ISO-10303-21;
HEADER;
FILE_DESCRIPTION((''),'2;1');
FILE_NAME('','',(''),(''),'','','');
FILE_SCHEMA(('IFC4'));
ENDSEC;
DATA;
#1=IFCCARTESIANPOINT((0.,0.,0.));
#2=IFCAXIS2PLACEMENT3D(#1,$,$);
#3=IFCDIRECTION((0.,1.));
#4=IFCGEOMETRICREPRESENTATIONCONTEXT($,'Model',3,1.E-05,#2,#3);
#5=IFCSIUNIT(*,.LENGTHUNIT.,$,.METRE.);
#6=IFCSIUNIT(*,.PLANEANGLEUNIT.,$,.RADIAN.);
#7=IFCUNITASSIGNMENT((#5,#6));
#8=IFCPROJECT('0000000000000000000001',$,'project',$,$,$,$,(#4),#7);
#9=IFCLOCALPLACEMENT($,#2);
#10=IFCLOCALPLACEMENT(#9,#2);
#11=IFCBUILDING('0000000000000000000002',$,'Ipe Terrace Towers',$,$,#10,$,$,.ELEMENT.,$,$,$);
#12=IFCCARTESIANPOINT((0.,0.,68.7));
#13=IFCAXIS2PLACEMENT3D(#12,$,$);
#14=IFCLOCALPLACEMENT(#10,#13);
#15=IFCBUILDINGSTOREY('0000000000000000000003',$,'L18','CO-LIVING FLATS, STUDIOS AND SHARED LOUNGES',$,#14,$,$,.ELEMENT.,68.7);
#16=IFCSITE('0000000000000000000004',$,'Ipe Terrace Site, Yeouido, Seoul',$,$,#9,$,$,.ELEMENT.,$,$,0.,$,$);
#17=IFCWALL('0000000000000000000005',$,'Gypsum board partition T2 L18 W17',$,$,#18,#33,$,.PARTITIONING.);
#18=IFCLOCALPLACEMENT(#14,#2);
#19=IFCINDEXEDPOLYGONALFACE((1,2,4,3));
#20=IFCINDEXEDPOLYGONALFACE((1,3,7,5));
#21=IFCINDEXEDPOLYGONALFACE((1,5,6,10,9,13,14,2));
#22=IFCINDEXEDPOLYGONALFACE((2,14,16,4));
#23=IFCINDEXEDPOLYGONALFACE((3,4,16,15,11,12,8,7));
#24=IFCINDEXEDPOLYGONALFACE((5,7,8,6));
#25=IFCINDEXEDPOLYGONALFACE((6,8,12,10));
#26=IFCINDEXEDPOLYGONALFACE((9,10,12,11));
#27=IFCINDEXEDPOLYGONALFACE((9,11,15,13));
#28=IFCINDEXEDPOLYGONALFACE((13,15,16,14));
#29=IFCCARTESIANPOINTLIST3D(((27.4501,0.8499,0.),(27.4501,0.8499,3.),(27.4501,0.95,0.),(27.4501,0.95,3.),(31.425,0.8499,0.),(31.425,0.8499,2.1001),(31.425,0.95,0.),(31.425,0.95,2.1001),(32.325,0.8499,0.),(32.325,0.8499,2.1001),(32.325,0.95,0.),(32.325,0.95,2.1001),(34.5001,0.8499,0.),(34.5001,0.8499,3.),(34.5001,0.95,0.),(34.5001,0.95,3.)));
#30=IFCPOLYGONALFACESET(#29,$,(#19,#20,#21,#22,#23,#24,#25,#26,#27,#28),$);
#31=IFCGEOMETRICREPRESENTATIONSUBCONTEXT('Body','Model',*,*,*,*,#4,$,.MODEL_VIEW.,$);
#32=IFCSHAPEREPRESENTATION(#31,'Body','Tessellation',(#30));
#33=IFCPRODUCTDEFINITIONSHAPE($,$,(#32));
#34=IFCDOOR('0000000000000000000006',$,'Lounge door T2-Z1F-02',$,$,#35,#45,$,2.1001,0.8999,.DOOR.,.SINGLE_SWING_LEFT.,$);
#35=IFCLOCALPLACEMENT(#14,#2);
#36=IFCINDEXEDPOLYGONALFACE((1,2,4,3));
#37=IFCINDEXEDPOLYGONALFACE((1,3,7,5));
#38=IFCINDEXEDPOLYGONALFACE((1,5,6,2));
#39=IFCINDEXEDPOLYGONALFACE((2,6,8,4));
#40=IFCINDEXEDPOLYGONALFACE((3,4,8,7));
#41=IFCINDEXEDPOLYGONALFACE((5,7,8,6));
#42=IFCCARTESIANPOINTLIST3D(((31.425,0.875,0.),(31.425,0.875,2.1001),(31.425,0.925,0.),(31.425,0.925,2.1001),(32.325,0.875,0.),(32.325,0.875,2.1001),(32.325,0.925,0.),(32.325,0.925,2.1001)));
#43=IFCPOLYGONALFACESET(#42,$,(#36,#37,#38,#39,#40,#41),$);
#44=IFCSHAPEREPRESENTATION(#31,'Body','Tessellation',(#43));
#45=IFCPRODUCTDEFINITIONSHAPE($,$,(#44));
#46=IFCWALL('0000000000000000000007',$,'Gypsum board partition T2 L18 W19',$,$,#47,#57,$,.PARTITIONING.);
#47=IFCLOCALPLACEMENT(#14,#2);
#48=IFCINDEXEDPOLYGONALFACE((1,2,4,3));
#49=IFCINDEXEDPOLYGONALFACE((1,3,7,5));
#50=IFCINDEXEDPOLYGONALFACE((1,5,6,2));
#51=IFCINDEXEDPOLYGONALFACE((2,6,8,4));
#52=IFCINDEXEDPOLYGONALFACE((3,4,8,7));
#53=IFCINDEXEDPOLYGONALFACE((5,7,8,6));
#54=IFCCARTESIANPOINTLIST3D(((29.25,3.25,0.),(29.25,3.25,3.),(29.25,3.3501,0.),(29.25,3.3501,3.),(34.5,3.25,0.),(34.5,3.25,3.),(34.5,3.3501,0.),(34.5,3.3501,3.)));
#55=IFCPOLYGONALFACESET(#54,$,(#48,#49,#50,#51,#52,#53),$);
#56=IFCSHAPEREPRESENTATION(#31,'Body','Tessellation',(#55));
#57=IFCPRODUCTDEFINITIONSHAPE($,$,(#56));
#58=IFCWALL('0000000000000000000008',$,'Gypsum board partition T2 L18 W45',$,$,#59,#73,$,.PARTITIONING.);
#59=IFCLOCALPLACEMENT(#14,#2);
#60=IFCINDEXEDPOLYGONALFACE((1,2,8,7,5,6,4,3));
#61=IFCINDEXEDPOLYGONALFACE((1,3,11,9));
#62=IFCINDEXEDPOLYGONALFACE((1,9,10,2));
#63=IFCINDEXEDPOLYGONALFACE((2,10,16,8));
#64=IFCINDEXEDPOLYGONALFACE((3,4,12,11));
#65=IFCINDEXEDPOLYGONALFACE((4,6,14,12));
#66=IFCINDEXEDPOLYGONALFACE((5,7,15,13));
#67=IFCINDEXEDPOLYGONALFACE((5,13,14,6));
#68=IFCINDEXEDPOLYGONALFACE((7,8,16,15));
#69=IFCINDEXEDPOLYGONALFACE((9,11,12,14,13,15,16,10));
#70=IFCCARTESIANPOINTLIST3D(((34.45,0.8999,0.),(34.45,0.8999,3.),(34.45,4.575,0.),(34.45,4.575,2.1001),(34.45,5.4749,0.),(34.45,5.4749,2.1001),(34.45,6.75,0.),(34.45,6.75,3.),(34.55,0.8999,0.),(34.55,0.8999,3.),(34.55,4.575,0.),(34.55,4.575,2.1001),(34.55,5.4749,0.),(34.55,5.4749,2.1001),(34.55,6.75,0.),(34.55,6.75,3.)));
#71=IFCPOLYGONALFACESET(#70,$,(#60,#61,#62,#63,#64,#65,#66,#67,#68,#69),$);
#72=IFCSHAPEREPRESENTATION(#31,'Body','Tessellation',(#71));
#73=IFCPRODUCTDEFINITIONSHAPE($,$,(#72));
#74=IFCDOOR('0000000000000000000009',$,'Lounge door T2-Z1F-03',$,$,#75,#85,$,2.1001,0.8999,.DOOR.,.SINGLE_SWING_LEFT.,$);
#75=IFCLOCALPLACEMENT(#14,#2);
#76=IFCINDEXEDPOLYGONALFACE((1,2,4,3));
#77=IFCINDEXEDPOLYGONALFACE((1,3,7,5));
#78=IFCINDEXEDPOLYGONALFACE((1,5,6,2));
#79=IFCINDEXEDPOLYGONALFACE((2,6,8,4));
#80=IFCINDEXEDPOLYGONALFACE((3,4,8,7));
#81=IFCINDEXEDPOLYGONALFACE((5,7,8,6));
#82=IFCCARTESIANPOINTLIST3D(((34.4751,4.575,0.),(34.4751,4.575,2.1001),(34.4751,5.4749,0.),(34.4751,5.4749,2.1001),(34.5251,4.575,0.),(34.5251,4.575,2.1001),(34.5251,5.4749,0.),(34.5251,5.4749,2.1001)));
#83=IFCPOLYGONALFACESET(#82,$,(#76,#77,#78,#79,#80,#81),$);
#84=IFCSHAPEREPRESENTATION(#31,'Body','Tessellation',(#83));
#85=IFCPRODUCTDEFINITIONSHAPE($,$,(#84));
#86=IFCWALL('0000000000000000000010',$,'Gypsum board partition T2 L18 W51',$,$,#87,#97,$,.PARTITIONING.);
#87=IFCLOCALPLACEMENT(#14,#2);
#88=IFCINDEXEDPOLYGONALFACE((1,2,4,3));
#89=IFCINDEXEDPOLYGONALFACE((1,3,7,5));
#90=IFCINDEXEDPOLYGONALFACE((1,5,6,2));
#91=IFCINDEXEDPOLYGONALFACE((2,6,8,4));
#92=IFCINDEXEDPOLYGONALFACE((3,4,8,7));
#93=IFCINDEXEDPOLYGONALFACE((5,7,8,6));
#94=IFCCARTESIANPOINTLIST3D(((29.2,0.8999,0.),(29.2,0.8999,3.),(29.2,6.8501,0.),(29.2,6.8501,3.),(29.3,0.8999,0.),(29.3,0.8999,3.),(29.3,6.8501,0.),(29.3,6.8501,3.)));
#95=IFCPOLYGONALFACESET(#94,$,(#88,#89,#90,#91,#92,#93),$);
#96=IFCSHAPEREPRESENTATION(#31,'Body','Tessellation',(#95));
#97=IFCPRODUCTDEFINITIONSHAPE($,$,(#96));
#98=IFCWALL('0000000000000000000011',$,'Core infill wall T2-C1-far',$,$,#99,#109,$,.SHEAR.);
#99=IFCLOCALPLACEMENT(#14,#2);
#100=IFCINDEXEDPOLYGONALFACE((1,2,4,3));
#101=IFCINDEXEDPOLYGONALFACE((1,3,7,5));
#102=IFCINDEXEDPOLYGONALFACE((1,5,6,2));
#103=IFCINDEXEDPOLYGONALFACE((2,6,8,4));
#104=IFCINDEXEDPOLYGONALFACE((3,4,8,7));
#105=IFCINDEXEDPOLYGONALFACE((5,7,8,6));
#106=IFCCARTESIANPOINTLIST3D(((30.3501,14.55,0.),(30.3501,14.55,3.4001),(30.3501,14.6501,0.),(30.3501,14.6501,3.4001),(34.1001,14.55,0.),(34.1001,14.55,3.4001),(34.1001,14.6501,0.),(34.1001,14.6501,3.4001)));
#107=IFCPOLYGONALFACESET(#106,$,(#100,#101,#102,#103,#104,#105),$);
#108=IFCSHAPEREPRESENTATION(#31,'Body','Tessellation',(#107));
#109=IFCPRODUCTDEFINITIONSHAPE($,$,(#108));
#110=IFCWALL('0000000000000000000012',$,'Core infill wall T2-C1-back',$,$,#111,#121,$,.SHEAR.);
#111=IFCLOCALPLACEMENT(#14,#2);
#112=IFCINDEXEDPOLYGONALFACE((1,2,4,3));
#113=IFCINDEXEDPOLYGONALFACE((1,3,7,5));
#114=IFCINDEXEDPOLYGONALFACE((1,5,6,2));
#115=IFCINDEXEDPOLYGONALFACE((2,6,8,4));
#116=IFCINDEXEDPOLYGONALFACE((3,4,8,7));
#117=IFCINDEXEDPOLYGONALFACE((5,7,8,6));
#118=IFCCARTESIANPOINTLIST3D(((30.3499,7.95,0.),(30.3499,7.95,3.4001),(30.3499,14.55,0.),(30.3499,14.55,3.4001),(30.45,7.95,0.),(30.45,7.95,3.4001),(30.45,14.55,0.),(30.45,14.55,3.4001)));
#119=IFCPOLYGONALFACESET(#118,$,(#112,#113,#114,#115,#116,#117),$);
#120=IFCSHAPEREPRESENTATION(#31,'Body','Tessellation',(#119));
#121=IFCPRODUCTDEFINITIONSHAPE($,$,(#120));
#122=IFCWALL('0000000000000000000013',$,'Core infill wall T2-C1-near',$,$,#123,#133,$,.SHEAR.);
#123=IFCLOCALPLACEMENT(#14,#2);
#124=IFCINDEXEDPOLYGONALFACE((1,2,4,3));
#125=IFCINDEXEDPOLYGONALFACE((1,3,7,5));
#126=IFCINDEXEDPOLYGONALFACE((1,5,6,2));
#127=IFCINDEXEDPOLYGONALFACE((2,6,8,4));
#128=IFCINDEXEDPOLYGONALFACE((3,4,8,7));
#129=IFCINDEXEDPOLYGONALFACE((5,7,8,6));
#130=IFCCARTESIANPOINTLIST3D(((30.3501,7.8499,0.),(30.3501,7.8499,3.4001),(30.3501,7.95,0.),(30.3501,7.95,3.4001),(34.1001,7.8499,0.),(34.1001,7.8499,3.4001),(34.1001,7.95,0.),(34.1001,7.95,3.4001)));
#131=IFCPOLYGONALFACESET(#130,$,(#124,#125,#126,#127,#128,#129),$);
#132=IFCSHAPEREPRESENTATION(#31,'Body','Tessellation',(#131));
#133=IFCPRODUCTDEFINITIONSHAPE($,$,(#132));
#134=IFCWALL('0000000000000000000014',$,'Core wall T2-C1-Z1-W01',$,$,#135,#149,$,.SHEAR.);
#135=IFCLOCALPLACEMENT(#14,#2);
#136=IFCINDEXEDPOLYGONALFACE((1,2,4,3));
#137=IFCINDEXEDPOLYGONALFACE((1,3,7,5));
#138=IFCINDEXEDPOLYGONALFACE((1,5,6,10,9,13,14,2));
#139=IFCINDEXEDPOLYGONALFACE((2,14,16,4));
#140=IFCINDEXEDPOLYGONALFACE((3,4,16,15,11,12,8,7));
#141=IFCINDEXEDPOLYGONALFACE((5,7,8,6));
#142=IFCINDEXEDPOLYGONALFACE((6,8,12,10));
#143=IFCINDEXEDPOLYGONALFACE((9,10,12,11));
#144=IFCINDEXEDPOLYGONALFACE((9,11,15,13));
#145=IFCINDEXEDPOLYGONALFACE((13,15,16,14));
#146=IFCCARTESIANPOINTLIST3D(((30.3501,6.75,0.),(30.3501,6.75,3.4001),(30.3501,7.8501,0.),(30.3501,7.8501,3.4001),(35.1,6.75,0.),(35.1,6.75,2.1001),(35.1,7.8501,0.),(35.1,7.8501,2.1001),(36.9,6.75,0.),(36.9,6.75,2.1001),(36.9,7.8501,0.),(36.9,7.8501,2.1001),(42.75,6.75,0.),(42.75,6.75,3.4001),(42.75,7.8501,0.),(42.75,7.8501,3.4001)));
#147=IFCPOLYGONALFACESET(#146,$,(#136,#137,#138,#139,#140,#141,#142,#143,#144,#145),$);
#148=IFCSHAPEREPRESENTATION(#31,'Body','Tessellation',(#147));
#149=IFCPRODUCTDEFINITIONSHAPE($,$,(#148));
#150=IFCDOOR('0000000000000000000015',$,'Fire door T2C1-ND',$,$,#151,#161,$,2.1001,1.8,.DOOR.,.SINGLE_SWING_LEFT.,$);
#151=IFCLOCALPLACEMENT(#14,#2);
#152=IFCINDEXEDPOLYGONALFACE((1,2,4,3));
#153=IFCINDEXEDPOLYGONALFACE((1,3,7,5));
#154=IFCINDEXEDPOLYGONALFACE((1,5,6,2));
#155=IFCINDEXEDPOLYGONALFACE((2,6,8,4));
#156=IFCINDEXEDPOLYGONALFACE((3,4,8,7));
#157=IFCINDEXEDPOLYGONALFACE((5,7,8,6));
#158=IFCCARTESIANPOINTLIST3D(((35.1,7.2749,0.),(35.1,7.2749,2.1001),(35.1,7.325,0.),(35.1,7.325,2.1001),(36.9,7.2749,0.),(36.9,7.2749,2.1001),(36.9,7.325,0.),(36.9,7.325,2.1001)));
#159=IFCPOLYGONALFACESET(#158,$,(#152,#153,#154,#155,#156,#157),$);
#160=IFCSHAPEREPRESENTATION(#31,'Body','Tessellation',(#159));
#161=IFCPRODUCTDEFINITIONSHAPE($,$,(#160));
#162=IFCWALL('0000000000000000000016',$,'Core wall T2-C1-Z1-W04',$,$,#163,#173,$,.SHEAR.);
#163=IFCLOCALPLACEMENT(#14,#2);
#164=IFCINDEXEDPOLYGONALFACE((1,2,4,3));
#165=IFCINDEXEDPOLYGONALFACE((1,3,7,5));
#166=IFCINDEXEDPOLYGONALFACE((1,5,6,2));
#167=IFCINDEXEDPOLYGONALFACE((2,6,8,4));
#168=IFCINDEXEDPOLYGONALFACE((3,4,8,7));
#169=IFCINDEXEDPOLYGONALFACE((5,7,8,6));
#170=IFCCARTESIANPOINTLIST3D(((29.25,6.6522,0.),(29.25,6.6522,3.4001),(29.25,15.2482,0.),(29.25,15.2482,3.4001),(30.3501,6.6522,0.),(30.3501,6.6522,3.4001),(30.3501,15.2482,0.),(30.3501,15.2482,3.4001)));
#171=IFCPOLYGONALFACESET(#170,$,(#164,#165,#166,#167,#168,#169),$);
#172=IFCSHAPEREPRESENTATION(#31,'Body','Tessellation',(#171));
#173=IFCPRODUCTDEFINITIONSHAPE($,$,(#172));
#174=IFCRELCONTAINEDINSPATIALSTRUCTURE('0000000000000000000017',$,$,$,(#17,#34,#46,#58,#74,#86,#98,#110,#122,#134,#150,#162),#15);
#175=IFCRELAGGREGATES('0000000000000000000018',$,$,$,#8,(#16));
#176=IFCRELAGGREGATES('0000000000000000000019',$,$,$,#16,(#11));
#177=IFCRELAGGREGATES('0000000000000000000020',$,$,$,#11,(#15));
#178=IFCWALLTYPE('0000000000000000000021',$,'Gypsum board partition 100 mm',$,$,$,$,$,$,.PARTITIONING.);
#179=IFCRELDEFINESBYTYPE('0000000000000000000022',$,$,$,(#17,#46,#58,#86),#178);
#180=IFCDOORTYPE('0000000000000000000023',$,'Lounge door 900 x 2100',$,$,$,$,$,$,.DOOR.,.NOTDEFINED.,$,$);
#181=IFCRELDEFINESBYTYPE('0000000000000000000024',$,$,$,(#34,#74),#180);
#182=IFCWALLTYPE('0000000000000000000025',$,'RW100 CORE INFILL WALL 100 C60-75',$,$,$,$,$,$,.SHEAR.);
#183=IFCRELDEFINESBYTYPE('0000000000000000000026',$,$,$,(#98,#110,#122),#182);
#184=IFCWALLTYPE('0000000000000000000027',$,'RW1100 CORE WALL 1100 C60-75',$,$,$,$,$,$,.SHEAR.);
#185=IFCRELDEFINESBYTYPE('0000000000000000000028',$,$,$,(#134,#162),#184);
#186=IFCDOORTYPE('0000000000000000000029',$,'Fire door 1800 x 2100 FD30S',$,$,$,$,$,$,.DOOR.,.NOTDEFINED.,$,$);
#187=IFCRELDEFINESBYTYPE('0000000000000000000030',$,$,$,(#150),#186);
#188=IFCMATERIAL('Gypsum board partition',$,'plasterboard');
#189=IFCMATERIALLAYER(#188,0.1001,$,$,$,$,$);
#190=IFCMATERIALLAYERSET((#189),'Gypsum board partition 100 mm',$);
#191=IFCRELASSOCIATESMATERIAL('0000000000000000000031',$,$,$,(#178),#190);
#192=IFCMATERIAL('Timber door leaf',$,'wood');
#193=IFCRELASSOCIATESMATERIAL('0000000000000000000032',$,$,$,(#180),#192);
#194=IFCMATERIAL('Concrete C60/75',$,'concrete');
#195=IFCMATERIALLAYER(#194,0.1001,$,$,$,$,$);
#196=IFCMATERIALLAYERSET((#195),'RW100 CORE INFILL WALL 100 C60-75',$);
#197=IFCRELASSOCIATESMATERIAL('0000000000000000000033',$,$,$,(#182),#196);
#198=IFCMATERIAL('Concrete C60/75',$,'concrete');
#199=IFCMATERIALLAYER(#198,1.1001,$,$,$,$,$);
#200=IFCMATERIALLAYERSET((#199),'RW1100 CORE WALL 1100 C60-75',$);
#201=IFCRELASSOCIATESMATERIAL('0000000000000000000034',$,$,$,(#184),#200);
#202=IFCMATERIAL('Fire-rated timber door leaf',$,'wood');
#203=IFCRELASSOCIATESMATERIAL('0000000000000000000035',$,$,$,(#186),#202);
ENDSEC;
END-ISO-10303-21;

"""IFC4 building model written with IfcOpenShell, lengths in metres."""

from ifc_helpers import new_model, si_unit, direction, frame, frame_2d, origin, place, context, subcontext, project, spatial, rectangle, extrude, material, layer, layer_set, type_object, element, fill, save


model = new_model("IFC4")

# Units and contexts
model_context = context("Model", 3, precision=1e-05, world=origin(), true_north=direction((0.0, 1.0)))
body_context = subcontext(model_context, "Body", "Model", "MODEL_VIEW")
ifc_project = project(units=[si_unit("LENGTHUNIT", "METRE"), si_unit("PLANEANGLEUNIT", "RADIAN")], contexts=[model_context])

# Site, building, storey
site_placement = place(None, origin())
site = spatial("IfcSite", under=ifc_project, at=site_placement, Name="Ipe Terrace Site, Yeouido, Seoul", CompositionType="ELEMENT", RefElevation=0.0)
building_placement = place(site_placement, origin())
building = spatial("IfcBuilding", under=site, at=building_placement, Name="Ipe Terrace Towers", CompositionType="ELEMENT")
storey_placement = place(building_placement, frame((0.0, 0.0, 68.7)))
storey = spatial("IfcBuildingStorey", under=building, at=storey_placement, Name="L18", Description="CO-LIVING FLATS, STUDIOS AND SHARED LOUNGES", CompositionType="ELEMENT", Elevation=68.7)

# Wall, opening, door
ifc_material_1 = material(Name="Gypsum board partition", Category="plasterboard")
ifc_layer_1 = layer(ifc_material_1, 0.1001)
ifc_layer_set_1 = layer_set([ifc_layer_1], Name="Gypsum board partition 100 mm")
wall_type_1 = type_object("IfcWallType", Name="Gypsum board partition 100 mm", PredefinedType="PARTITIONING", material=ifc_layer_set_1)
wall_1_placement = place(storey_placement, frame((34.5, 0.8999, 0.0), z_axis=(0.0, 0.0, 1.0), x_axis=(-1.0, 0.0, 0.0)))
wall_1 = element("IfcWall", 1, at=wall_1_placement, inside=storey, type_object=wall_type_1, Name="Gypsum board partition T2 L18 W17", PredefinedType="PARTITIONING", context=body_context, shape_type="SweptSolid", body=[
    extrude(rectangle(XDim=7.05, YDim=0.1001, at=frame_2d((3.5249, 0.0))), origin(), (0.0, 0.0, 1.0), 3.0),
])
opening_1_placement = place(wall_1_placement, frame((2.175, 0.0, 0.0)))
opening_1 = element("IfcOpeningElement", 2, at=opening_1_placement, cuts=wall_1, PredefinedType="OPENING", context=body_context, shape_type="SweptSolid", body=[
    extrude(rectangle(XDim=0.8999, YDim=2.1001, at=frame_2d((0.45, 1.05))), frame((0.0, 0.0601, 0.0), z_axis=(0.0, -1.0, 0.0), x_axis=(1.0, 0.0, 0.0)), (0.0, 0.0, 1.0), 0.1201),
])
ifc_material_2 = material(Name="Timber door leaf", Category="wood")
door_type_1 = type_object("IfcDoorType", Name="Lounge door 900 x 2100", OperationType="NOTDEFINED", PredefinedType="DOOR", material=ifc_material_2)
door_1_placement = place(opening_1_placement, origin())
door_1 = element("IfcDoor", 3, at=door_1_placement, inside=storey, type_object=door_type_1, Name="Lounge door T2-Z1F-02", OperationType="SINGLE_SWING_LEFT", OverallHeight=2.1001, OverallWidth=0.8999, PredefinedType="DOOR", context=body_context, shape_type="SweptSolid", body=[
    extrude(rectangle(XDim=0.8999, YDim=2.1001, at=frame_2d((0.45, 1.05))), frame((0.0, 0.0249, 0.0), z_axis=(0.0, -1.0, 0.0), x_axis=(1.0, 0.0, 0.0)), (0.0, 0.0, 1.0), 0.05),
])
fill(opening_1, door_1)

# Wall
wall_2_placement = place(storey_placement, frame((34.5, 3.3, 0.0), z_axis=(0.0, 0.0, 1.0), x_axis=(-1.0, 0.0, 0.0)))
element("IfcWall", 4, at=wall_2_placement, inside=storey, type_object=wall_type_1, Name="Gypsum board partition T2 L18 W19", PredefinedType="PARTITIONING", context=body_context, shape_type="SweptSolid", body=[
    extrude(rectangle(XDim=5.25, YDim=0.1001, at=frame_2d((2.625, 0.0))), origin(), (0.0, 0.0, 1.0), 3.0),
])

# Wall, opening, door
wall_3_placement = place(storey_placement, frame((34.5, 0.8999, 0.0), z_axis=(0.0, 0.0, 1.0), x_axis=(0.0, 1.0, 0.0)))
wall_3 = element("IfcWall", 5, at=wall_3_placement, inside=storey, type_object=wall_type_1, Name="Gypsum board partition T2 L18 W45", PredefinedType="PARTITIONING", context=body_context, shape_type="SweptSolid", body=[
    extrude(rectangle(XDim=5.8501, YDim=0.1001, at=frame_2d((2.925, 0.0))), origin(), (0.0, 0.0, 1.0), 3.0),
])
opening_2_placement = place(wall_3_placement, frame((3.675, 0.0, 0.0)))
opening_2 = element("IfcOpeningElement", 6, at=opening_2_placement, cuts=wall_3, PredefinedType="OPENING", context=body_context, shape_type="SweptSolid", body=[
    extrude(rectangle(XDim=0.8999, YDim=2.1001, at=frame_2d((0.45, 1.05))), frame((0.0, 0.0601, 0.0), z_axis=(0.0, -1.0, 0.0), x_axis=(1.0, 0.0, 0.0)), (0.0, 0.0, 1.0), 0.1201),
])
door_2_placement = place(opening_2_placement, origin())
door_2 = element("IfcDoor", 7, at=door_2_placement, inside=storey, type_object=door_type_1, Name="Lounge door T2-Z1F-03", OperationType="SINGLE_SWING_LEFT", OverallHeight=2.1001, OverallWidth=0.8999, PredefinedType="DOOR", context=body_context, shape_type="SweptSolid", body=[
    extrude(rectangle(XDim=0.8999, YDim=2.1001, at=frame_2d((0.45, 1.05))), frame((0.0, 0.0249, 0.0), z_axis=(0.0, -1.0, 0.0), x_axis=(1.0, 0.0, 0.0)), (0.0, 0.0, 1.0), 0.05),
])
fill(opening_2, door_2)

# Walls
wall_4_placement = place(storey_placement, frame((29.25, 0.8999, 0.0), z_axis=(0.0, 0.0, 1.0), x_axis=(0.0, 1.0, 0.0)))
element("IfcWall", 8, at=wall_4_placement, inside=storey, type_object=wall_type_1, Name="Gypsum board partition T2 L18 W51", PredefinedType="PARTITIONING", context=body_context, shape_type="SweptSolid", body=[
    extrude(rectangle(XDim=5.9502, YDim=0.1001, at=frame_2d((2.9751, 0.0))), origin(), (0.0, 0.0, 1.0), 3.0),
])
ifc_material_3 = material(Name="Concrete C60/75", Category="concrete")
ifc_layer_2 = layer(ifc_material_3, 0.1001)
ifc_layer_set_2 = layer_set([ifc_layer_2], Name="RW100 CORE INFILL WALL 100 C60-75")
wall_type_2 = type_object("IfcWallType", Name="RW100 CORE INFILL WALL 100 C60-75", PredefinedType="SHEAR", material=ifc_layer_set_2)
wall_5_placement = place(storey_placement, frame((34.1001, 14.6001, 0.0), z_axis=(0.0, 0.0, 1.0), x_axis=(-1.0, 0.0, 0.0)))
element("IfcWall", 9, at=wall_5_placement, inside=storey, type_object=wall_type_2, Name="Core infill wall T2-C1-far", PredefinedType="SHEAR", context=body_context, shape_type="SweptSolid", body=[
    extrude(rectangle(XDim=3.75, YDim=0.1001, at=frame_2d((1.875, 0.0))), origin(), (0.0, 0.0, 1.0), 3.4001),
])
wall_6_placement = place(storey_placement, frame((30.3999, 7.95, 0.0), z_axis=(0.0, 0.0, 1.0), x_axis=(0.0, 1.0, 0.0)))
element("IfcWall", 10, at=wall_6_placement, inside=storey, type_object=wall_type_2, Name="Core infill wall T2-C1-back", PredefinedType="SHEAR", context=body_context, shape_type="SweptSolid", body=[
    extrude(rectangle(XDim=6.6001, YDim=0.1001, at=frame_2d((3.3, 0.0))), origin(), (0.0, 0.0, 1.0), 3.4001),
])
wall_7_placement = place(storey_placement, frame((34.1001, 7.8999, 0.0), z_axis=(0.0, 0.0, 1.0), x_axis=(-1.0, 0.0, 0.0)))
element("IfcWall", 11, at=wall_7_placement, inside=storey, type_object=wall_type_2, Name="Core infill wall T2-C1-near", PredefinedType="SHEAR", context=body_context, shape_type="SweptSolid", body=[
    extrude(rectangle(XDim=3.75, YDim=0.1001, at=frame_2d((1.875, 0.0))), origin(), (0.0, 0.0, 1.0), 3.4001),
])

# Wall, opening, door
ifc_material_4 = material(Name="Concrete C60/75", Category="concrete")
ifc_layer_3 = layer(ifc_material_4, 1.1001)
ifc_layer_set_3 = layer_set([ifc_layer_3], Name="RW1100 CORE WALL 1100 C60-75")
wall_type_3 = type_object("IfcWallType", Name="RW1100 CORE WALL 1100 C60-75", PredefinedType="SHEAR", material=ifc_layer_set_3)
wall_8_placement = place(storey_placement, frame((30.3501, 7.3, 0.0), z_axis=(0.0, 0.0, 1.0), x_axis=(1.0, 0.0, 0.0)))
wall_8 = element("IfcWall", 12, at=wall_8_placement, inside=storey, type_object=wall_type_3, Name="Core wall T2-C1-Z1-W01", PredefinedType="SHEAR", context=body_context, shape_type="SweptSolid", body=[
    extrude(rectangle(XDim=12.3999, YDim=1.1001, at=frame_2d((6.2, 0.0))), origin(), (0.0, 0.0, 1.0), 3.4001),
])
opening_3_placement = place(wall_8_placement, frame((4.75, 0.0, 0.0)))
opening_3 = element("IfcOpeningElement", 13, at=opening_3_placement, cuts=wall_8, PredefinedType="OPENING", context=body_context, shape_type="SweptSolid", body=[
    extrude(rectangle(XDim=1.8, YDim=2.1001, at=frame_2d((0.8999, 1.05))), frame((0.0, 0.5601, 0.0), z_axis=(0.0, -1.0, 0.0), x_axis=(1.0, 0.0, 0.0)), (0.0, 0.0, 1.0), 1.1201),
])
ifc_material_5 = material(Name="Fire-rated timber door leaf", Category="wood")
door_type_2 = type_object("IfcDoorType", Name="Fire door 1800 x 2100 FD30S", OperationType="NOTDEFINED", PredefinedType="DOOR", material=ifc_material_5)
door_3_placement = place(opening_3_placement, origin())
door_3 = element("IfcDoor", 14, at=door_3_placement, inside=storey, type_object=door_type_2, Name="Fire door T2C1-ND", OperationType="SINGLE_SWING_LEFT", OverallHeight=2.1001, OverallWidth=1.8, PredefinedType="DOOR", context=body_context, shape_type="SweptSolid", body=[
    extrude(rectangle(XDim=1.8, YDim=2.1001, at=frame_2d((0.8999, 1.05))), frame((0.0, 0.0249, 0.0), z_axis=(0.0, -1.0, 0.0), x_axis=(1.0, 0.0, 0.0)), (0.0, 0.0, 1.0), 0.05),
])
fill(opening_3, door_3)

# Wall
wall_9_placement = place(storey_placement, frame((29.8, 15.248, 0.0), z_axis=(0.0, 0.0, 1.0), x_axis=(0.0, -1.0, 0.0)))
element("IfcWall", 15, at=wall_9_placement, inside=storey, type_object=wall_type_3, Name="Core wall T2-C1-Z1-W04", PredefinedType="SHEAR", context=body_context, shape_type="SweptSolid", body=[
    extrude(rectangle(XDim=8.5959, YDim=1.1001, at=frame_2d((4.2979, 0.0))), origin(), (0.0, 0.0, 1.0), 3.4001),
])

save(model, "model.ifc")
